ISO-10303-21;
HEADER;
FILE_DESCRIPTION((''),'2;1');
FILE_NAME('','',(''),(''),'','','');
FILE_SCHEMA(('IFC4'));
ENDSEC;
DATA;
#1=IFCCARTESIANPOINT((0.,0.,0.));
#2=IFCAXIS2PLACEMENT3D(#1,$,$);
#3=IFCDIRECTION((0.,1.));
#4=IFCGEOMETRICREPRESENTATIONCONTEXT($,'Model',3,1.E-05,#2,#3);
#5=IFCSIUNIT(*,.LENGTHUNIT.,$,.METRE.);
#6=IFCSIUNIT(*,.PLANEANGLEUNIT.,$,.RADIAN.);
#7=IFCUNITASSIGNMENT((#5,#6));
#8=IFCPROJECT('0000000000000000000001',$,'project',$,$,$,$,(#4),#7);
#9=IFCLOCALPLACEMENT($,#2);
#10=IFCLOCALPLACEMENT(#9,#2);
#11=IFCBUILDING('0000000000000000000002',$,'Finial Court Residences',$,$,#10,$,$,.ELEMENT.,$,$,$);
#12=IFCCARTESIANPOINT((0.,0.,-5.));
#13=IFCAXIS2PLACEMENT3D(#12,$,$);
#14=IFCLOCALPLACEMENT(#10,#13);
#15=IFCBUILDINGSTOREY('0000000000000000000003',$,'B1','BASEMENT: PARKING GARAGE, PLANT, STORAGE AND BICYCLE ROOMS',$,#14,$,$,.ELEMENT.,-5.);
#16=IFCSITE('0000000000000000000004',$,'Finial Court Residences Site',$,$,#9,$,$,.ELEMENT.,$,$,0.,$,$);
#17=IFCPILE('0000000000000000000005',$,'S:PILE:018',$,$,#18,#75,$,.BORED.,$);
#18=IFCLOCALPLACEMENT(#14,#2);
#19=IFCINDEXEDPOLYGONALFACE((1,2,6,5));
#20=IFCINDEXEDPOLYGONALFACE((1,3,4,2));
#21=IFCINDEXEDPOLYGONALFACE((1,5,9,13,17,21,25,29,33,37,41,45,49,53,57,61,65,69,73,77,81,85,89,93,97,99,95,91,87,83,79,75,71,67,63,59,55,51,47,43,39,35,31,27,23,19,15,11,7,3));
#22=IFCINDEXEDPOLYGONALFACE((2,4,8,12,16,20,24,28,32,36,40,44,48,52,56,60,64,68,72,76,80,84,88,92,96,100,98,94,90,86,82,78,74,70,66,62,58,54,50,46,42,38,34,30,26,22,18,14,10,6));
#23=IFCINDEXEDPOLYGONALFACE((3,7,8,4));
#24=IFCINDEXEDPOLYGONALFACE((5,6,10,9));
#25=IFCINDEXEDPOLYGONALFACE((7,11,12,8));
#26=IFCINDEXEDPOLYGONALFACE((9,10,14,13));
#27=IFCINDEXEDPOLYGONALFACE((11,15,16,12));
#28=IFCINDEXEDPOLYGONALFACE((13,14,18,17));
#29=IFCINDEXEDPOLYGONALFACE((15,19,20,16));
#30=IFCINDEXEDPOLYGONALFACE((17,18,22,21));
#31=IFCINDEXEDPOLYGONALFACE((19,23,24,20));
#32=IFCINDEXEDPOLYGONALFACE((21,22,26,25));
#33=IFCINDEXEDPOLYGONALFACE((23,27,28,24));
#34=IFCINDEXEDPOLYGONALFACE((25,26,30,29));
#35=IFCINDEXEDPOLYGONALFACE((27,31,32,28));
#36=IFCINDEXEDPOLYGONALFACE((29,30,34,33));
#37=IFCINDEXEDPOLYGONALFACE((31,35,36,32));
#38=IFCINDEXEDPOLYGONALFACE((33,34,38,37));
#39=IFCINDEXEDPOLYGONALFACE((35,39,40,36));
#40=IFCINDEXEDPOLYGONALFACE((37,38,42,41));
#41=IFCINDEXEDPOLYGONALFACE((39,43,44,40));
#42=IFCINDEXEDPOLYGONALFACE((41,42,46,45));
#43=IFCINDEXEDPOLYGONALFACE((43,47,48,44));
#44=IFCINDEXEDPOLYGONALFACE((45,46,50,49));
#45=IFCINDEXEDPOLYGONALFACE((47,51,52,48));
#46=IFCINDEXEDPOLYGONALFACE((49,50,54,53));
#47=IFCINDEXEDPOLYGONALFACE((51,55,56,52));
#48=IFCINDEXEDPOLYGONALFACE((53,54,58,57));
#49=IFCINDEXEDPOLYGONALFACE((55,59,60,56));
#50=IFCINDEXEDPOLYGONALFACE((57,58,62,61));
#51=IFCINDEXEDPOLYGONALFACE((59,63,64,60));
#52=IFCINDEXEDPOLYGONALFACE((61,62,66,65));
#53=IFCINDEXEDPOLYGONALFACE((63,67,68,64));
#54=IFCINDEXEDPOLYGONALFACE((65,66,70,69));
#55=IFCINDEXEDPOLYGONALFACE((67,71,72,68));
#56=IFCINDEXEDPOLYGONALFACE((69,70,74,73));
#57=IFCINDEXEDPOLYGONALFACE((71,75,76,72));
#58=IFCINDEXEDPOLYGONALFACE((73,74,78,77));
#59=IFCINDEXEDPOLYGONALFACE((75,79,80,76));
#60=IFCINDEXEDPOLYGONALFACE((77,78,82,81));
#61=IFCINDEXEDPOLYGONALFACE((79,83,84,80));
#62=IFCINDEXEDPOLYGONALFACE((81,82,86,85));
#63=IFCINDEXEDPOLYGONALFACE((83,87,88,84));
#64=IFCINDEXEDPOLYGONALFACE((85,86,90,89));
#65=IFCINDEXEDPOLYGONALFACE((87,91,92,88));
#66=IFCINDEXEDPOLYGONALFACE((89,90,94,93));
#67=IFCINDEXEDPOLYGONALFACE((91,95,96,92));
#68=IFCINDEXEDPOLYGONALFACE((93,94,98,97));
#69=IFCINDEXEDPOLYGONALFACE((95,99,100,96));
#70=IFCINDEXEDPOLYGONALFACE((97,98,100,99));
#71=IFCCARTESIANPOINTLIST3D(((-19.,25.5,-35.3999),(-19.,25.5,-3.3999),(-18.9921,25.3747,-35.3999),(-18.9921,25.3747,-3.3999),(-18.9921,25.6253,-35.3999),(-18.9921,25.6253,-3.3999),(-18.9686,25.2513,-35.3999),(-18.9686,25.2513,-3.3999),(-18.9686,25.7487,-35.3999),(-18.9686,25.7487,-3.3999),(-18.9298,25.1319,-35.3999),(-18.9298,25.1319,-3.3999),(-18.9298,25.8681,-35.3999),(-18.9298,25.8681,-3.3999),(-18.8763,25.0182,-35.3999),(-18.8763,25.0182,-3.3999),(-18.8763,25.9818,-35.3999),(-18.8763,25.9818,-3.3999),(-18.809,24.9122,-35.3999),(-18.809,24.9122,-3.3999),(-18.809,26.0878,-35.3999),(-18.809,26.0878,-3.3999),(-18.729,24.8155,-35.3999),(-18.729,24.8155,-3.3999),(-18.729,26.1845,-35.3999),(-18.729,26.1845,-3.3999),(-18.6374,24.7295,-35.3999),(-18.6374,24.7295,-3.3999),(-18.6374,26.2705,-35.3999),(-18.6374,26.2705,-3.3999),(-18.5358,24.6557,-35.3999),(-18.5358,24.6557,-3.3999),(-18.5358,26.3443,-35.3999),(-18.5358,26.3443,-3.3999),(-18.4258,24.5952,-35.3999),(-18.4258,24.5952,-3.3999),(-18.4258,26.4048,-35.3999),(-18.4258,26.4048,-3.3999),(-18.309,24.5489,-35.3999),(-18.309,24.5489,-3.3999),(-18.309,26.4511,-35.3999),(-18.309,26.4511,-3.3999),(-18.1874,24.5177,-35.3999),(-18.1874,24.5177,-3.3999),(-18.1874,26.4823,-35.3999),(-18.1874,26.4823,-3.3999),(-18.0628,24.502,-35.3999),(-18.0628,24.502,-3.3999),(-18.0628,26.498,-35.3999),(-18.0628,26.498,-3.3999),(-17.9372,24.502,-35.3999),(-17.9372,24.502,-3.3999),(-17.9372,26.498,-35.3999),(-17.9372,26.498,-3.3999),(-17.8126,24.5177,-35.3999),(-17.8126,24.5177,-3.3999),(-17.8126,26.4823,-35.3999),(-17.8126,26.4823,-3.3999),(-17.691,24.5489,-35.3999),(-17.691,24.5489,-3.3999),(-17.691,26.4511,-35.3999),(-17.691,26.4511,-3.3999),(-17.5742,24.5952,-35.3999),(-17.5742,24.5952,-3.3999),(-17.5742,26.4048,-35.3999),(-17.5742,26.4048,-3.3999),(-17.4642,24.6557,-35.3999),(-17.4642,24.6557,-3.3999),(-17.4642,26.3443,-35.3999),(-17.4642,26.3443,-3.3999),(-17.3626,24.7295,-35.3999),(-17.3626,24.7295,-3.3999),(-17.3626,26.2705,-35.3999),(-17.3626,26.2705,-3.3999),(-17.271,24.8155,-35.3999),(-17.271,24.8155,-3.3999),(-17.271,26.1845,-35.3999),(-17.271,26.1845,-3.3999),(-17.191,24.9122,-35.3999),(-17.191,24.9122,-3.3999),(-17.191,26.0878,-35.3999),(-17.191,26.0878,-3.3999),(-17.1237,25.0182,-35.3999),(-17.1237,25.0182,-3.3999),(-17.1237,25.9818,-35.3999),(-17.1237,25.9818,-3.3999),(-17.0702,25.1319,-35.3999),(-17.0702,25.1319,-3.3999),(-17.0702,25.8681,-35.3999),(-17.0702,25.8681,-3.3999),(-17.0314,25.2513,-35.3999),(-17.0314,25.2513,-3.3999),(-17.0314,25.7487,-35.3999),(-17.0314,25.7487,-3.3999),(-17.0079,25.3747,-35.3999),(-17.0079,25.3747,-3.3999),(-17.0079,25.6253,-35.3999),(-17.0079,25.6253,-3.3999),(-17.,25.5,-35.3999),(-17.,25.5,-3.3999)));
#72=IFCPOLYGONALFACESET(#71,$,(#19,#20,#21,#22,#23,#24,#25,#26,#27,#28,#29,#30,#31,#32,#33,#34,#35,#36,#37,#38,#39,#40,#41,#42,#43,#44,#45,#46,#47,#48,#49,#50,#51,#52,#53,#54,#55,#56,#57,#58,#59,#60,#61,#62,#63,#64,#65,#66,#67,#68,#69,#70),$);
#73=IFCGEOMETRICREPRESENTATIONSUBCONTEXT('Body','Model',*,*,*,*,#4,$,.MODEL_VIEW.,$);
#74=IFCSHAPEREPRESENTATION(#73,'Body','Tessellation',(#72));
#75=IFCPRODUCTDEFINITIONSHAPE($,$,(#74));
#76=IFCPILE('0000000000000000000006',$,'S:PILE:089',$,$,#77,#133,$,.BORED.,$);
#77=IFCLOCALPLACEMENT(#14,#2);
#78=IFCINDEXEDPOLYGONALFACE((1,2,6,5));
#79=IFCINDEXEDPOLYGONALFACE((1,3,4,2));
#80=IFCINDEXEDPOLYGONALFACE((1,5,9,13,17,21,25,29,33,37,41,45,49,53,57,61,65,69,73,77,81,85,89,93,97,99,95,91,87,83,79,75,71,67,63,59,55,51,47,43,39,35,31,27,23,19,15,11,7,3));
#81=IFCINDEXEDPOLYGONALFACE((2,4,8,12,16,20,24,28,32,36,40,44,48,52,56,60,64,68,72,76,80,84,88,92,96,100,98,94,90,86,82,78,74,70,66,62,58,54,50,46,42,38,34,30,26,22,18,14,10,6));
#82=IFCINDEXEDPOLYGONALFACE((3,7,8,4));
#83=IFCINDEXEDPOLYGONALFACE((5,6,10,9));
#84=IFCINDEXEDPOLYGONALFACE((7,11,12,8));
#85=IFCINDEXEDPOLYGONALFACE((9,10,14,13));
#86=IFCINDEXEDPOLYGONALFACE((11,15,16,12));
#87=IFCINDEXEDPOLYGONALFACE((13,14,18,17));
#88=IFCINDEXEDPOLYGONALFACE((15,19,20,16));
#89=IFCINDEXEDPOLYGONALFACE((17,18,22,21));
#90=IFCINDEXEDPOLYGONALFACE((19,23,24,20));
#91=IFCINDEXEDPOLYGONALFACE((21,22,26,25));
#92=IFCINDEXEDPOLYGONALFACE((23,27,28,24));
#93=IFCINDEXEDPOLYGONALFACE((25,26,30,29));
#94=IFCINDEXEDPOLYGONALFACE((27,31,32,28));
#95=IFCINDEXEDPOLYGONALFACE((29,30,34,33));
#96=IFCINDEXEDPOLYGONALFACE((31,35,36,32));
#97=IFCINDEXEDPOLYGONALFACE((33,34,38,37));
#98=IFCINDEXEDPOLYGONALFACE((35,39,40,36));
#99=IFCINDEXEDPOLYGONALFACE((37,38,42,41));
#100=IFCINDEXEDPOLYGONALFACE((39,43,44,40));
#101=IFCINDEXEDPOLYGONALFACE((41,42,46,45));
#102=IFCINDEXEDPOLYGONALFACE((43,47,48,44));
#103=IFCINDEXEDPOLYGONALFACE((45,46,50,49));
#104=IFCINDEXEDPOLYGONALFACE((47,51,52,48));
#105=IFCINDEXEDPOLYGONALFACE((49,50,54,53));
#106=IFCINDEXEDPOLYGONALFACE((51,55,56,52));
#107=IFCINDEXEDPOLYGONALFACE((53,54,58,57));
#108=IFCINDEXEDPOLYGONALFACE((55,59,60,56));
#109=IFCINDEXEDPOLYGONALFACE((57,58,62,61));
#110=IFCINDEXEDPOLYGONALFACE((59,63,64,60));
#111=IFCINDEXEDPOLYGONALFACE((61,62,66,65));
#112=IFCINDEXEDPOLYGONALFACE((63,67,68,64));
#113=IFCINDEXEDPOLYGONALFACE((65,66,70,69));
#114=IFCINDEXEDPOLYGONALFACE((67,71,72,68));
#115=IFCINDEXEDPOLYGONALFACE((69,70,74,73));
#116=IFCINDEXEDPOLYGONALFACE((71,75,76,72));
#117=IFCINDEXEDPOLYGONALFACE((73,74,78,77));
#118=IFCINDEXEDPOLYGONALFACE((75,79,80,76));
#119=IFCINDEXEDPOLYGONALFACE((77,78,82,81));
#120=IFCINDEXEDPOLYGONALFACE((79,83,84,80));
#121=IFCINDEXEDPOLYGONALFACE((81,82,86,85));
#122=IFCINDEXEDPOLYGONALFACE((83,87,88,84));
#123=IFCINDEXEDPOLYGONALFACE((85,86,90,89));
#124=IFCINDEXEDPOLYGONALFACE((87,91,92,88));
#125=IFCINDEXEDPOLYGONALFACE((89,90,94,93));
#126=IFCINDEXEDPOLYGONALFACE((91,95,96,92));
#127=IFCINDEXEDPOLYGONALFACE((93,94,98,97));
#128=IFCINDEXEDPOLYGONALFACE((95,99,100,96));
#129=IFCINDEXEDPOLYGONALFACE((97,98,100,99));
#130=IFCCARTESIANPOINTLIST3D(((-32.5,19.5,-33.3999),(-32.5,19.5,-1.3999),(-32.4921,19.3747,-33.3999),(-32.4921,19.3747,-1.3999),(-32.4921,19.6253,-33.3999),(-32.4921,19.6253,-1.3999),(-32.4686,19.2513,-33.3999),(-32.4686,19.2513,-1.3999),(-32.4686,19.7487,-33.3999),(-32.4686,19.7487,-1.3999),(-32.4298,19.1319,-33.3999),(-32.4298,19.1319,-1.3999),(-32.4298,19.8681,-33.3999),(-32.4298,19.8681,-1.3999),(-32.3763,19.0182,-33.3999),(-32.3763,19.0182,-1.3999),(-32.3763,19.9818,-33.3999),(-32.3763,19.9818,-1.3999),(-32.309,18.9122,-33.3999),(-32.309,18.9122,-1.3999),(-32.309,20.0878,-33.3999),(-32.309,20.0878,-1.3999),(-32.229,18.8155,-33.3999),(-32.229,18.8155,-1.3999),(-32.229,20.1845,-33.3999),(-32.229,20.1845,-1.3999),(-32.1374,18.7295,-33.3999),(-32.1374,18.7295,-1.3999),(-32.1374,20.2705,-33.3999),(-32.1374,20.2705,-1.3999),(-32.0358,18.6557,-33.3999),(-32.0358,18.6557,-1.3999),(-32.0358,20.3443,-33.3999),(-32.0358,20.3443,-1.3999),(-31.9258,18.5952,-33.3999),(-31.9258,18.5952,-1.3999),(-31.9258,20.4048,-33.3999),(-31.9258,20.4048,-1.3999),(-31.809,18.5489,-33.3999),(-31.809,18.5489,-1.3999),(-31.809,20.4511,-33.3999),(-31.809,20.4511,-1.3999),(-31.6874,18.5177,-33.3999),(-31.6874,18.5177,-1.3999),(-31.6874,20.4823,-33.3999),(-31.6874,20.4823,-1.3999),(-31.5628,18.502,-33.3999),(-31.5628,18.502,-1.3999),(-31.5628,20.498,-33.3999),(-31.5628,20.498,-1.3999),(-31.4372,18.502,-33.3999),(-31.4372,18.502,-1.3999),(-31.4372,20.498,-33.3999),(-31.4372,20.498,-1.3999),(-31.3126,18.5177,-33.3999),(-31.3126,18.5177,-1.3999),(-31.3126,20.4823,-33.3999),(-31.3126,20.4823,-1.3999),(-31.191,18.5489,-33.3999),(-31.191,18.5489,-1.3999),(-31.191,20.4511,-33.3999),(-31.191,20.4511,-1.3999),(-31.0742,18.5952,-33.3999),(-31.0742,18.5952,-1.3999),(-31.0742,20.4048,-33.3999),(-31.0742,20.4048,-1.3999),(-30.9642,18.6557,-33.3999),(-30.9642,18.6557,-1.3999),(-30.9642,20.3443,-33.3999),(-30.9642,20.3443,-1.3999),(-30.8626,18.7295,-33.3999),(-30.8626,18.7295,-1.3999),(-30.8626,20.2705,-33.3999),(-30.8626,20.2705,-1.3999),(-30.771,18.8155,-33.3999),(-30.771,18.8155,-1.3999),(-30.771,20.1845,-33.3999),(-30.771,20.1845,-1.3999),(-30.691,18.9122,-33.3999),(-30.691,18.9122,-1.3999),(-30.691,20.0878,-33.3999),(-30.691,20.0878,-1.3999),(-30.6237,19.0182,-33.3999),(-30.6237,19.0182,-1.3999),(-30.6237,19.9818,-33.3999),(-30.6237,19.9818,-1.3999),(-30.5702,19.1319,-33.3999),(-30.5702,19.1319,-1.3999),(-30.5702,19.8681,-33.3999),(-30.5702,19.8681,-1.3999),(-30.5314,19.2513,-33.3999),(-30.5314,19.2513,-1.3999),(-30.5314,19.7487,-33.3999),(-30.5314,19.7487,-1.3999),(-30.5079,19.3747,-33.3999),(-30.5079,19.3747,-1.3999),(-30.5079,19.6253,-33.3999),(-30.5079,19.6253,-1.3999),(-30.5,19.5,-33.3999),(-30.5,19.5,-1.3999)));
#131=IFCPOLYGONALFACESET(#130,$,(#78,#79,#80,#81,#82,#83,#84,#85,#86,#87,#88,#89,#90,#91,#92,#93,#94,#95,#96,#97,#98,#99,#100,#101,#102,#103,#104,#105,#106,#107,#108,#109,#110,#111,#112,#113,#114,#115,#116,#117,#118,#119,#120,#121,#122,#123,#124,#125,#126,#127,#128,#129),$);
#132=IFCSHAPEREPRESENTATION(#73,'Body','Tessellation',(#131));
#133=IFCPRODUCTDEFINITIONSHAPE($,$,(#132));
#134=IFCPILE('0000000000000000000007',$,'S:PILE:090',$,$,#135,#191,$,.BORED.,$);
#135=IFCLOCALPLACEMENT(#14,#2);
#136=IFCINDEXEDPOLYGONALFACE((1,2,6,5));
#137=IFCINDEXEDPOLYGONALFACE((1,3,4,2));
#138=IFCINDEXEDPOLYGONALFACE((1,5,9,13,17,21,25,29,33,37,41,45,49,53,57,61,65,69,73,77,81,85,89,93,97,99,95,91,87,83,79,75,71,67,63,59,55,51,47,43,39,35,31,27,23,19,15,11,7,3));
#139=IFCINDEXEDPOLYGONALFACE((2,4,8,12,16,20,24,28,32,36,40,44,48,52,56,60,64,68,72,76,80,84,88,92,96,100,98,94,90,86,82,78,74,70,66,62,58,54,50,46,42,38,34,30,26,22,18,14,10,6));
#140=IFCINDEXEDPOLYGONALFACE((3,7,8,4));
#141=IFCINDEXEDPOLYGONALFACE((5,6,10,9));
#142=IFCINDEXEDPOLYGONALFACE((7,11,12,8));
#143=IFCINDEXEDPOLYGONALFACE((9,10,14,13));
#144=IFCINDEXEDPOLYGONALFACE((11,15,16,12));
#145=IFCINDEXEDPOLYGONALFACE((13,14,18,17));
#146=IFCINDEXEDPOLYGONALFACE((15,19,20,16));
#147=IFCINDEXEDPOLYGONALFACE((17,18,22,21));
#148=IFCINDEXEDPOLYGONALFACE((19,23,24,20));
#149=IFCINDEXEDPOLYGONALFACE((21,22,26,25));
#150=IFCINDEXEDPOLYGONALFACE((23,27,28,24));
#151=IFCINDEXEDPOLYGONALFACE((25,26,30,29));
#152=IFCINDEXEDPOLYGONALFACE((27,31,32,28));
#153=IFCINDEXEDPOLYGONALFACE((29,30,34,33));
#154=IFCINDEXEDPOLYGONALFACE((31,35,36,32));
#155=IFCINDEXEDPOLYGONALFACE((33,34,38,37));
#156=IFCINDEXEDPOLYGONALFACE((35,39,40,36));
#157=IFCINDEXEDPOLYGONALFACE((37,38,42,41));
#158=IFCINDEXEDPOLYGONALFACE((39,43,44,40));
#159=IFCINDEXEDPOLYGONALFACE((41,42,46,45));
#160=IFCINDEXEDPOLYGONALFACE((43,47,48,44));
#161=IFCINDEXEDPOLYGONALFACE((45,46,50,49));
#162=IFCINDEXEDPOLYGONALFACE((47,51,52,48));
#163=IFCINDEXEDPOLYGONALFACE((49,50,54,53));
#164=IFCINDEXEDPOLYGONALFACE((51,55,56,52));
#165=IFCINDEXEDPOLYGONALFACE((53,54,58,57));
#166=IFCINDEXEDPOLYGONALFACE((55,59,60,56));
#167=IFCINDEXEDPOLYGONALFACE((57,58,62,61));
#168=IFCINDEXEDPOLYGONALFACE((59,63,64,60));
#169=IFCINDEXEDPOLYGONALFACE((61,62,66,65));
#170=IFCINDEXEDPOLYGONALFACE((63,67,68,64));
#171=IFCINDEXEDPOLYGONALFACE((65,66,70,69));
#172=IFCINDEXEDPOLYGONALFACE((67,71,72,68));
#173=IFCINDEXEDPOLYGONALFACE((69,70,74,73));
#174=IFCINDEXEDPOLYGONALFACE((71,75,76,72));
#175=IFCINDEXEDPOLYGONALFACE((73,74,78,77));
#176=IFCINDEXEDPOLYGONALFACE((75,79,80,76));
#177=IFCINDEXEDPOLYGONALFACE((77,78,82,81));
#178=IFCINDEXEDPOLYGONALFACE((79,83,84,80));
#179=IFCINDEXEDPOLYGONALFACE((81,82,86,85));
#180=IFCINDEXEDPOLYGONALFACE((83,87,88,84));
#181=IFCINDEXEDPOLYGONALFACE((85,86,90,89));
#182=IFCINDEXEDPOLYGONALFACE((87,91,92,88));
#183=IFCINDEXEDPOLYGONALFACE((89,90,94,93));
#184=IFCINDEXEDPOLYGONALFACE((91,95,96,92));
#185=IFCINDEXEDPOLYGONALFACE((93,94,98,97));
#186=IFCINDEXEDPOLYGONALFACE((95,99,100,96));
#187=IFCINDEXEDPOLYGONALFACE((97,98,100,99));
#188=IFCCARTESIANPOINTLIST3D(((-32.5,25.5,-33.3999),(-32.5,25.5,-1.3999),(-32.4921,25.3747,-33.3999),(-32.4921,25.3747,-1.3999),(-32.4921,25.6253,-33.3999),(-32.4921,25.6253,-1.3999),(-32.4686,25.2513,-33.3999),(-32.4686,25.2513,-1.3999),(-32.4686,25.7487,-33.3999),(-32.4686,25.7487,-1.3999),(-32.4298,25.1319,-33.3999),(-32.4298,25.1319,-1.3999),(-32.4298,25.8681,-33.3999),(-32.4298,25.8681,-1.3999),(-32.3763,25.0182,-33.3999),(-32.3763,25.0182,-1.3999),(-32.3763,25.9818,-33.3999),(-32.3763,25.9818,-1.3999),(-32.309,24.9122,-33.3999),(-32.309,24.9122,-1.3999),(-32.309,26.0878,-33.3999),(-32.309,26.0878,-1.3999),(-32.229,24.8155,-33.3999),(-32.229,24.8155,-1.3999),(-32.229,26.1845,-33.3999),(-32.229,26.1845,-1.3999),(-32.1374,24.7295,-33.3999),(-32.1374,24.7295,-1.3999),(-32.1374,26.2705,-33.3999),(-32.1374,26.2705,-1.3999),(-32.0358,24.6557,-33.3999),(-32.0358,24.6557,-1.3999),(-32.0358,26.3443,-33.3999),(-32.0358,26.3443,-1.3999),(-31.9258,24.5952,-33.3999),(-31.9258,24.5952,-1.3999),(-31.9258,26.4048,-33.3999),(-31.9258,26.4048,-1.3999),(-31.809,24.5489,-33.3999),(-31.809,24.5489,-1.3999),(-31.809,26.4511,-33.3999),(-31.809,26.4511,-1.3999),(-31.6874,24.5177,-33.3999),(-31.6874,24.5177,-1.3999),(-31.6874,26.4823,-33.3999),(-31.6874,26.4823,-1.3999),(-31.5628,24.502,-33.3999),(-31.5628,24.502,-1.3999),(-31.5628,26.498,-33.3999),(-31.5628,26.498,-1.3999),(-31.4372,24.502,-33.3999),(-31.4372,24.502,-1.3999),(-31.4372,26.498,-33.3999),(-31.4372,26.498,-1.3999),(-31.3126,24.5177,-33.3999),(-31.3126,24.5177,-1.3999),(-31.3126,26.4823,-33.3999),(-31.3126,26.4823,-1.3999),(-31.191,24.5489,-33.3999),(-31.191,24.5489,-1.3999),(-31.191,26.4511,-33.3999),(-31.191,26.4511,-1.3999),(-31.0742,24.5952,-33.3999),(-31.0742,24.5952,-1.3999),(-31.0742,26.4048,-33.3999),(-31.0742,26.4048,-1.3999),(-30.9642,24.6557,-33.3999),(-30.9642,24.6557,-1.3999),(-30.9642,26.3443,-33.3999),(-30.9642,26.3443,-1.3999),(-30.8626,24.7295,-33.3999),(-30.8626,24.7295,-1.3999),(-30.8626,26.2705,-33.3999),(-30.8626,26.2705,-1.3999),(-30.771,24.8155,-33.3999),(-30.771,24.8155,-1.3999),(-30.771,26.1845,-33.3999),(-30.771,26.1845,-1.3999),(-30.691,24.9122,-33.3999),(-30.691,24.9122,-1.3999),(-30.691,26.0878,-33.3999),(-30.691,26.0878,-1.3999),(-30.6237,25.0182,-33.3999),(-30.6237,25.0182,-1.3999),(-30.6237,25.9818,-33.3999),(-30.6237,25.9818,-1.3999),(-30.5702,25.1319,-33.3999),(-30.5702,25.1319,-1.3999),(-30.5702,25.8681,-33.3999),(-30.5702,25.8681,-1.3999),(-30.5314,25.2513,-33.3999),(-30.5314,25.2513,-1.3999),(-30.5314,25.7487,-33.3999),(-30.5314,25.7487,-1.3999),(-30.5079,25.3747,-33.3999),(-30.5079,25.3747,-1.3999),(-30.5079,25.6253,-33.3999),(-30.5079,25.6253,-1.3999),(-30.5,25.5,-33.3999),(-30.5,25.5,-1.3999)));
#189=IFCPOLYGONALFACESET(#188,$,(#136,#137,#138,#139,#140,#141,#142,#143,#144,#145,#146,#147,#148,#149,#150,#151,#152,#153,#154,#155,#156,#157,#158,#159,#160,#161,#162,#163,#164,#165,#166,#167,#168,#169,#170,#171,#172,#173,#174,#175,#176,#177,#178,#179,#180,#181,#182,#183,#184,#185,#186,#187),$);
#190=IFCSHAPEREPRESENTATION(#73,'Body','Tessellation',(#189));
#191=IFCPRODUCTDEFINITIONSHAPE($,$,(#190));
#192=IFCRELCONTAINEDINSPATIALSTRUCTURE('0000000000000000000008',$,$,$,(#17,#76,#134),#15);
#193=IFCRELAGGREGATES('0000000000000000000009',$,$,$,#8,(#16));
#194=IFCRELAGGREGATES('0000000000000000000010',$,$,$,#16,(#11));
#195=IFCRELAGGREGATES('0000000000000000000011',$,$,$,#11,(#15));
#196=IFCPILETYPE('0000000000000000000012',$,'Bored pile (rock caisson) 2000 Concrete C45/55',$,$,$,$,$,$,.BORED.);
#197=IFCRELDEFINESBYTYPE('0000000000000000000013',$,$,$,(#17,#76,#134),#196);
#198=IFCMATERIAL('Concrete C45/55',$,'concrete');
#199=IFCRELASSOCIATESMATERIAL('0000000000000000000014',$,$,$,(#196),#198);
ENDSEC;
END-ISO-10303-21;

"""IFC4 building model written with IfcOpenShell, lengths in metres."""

from ifc_helpers import new_model, si_unit, direction, frame, origin, origin_2d, place, context, subcontext, project, spatial, circle, extrude, material, material_profile, profile_set, type_object, element, save


model = new_model("IFC4")

# Units and contexts
model_context = context("Model", 3, precision=1e-05, world=origin(), true_north=direction((0.0, 1.0)))
body_context = subcontext(model_context, "Body", "Model", "MODEL_VIEW")
ifc_project = project(units=[si_unit("LENGTHUNIT", "METRE"), si_unit("PLANEANGLEUNIT", "RADIAN")], contexts=[model_context])

# Site, building, storey
site_placement = place(None, origin())
site = spatial("IfcSite", under=ifc_project, at=site_placement, Name="Finial Court Residences Site", CompositionType="ELEMENT", RefElevation=0.0)
building_placement = place(site_placement, origin())
building = spatial("IfcBuilding", under=site, at=building_placement, Name="Finial Court Residences", CompositionType="ELEMENT")
storey_placement = place(building_placement, frame((0.0, 0.0, -5.0)))
storey = spatial("IfcBuildingStorey", under=building, at=storey_placement, Name="B1", Description="BASEMENT: PARKING GARAGE, PLANT, STORAGE AND BICYCLE ROOMS", CompositionType="ELEMENT", Elevation=-5.0)

# Piles
ifc_material_1 = material(Name="Concrete C45/55", Category="concrete")
ifc_material_profile_1 = material_profile(ifc_material_1, circle(Radius=1.0, at=origin_2d()), Name="D2000")
ifc_profile_set_1 = profile_set([ifc_material_profile_1], Name="Concrete C45/55")
pile_type = type_object("IfcPileType", Name="Bored pile (rock caisson) 2000 Concrete C45/55", PredefinedType="BORED", material=ifc_profile_set_1)
for number, where, z_axis, x_axis, name in (
    (1, (-18.0, 25.5, -3.3999), (0.0, 0.0, -1.0), (1.0, 0.0, 0.0), "S:PILE:018"),
    (2, (-31.5, 19.5, -1.3999), (0.0, 0.0, -1.0), (1.0, 0.0, 0.0), "S:PILE:089"),
    (3, (-31.5, 25.5, -1.3999), (0.0, 0.0, -1.0), (1.0, 0.0, 0.0), "S:PILE:090"),
):
    element("IfcPile", number, at=place(storey_placement, frame(where, z_axis=z_axis, x_axis=x_axis)), inside=storey, type_object=pile_type, Name=name, PredefinedType="BORED", context=body_context, shape_type="SweptSolid", body=[
        extrude(circle(Radius=1.0, at=origin_2d()), origin(), (0.0, 0.0, 1.0), 32.0),
    ])

save(model, "model.ifc")
